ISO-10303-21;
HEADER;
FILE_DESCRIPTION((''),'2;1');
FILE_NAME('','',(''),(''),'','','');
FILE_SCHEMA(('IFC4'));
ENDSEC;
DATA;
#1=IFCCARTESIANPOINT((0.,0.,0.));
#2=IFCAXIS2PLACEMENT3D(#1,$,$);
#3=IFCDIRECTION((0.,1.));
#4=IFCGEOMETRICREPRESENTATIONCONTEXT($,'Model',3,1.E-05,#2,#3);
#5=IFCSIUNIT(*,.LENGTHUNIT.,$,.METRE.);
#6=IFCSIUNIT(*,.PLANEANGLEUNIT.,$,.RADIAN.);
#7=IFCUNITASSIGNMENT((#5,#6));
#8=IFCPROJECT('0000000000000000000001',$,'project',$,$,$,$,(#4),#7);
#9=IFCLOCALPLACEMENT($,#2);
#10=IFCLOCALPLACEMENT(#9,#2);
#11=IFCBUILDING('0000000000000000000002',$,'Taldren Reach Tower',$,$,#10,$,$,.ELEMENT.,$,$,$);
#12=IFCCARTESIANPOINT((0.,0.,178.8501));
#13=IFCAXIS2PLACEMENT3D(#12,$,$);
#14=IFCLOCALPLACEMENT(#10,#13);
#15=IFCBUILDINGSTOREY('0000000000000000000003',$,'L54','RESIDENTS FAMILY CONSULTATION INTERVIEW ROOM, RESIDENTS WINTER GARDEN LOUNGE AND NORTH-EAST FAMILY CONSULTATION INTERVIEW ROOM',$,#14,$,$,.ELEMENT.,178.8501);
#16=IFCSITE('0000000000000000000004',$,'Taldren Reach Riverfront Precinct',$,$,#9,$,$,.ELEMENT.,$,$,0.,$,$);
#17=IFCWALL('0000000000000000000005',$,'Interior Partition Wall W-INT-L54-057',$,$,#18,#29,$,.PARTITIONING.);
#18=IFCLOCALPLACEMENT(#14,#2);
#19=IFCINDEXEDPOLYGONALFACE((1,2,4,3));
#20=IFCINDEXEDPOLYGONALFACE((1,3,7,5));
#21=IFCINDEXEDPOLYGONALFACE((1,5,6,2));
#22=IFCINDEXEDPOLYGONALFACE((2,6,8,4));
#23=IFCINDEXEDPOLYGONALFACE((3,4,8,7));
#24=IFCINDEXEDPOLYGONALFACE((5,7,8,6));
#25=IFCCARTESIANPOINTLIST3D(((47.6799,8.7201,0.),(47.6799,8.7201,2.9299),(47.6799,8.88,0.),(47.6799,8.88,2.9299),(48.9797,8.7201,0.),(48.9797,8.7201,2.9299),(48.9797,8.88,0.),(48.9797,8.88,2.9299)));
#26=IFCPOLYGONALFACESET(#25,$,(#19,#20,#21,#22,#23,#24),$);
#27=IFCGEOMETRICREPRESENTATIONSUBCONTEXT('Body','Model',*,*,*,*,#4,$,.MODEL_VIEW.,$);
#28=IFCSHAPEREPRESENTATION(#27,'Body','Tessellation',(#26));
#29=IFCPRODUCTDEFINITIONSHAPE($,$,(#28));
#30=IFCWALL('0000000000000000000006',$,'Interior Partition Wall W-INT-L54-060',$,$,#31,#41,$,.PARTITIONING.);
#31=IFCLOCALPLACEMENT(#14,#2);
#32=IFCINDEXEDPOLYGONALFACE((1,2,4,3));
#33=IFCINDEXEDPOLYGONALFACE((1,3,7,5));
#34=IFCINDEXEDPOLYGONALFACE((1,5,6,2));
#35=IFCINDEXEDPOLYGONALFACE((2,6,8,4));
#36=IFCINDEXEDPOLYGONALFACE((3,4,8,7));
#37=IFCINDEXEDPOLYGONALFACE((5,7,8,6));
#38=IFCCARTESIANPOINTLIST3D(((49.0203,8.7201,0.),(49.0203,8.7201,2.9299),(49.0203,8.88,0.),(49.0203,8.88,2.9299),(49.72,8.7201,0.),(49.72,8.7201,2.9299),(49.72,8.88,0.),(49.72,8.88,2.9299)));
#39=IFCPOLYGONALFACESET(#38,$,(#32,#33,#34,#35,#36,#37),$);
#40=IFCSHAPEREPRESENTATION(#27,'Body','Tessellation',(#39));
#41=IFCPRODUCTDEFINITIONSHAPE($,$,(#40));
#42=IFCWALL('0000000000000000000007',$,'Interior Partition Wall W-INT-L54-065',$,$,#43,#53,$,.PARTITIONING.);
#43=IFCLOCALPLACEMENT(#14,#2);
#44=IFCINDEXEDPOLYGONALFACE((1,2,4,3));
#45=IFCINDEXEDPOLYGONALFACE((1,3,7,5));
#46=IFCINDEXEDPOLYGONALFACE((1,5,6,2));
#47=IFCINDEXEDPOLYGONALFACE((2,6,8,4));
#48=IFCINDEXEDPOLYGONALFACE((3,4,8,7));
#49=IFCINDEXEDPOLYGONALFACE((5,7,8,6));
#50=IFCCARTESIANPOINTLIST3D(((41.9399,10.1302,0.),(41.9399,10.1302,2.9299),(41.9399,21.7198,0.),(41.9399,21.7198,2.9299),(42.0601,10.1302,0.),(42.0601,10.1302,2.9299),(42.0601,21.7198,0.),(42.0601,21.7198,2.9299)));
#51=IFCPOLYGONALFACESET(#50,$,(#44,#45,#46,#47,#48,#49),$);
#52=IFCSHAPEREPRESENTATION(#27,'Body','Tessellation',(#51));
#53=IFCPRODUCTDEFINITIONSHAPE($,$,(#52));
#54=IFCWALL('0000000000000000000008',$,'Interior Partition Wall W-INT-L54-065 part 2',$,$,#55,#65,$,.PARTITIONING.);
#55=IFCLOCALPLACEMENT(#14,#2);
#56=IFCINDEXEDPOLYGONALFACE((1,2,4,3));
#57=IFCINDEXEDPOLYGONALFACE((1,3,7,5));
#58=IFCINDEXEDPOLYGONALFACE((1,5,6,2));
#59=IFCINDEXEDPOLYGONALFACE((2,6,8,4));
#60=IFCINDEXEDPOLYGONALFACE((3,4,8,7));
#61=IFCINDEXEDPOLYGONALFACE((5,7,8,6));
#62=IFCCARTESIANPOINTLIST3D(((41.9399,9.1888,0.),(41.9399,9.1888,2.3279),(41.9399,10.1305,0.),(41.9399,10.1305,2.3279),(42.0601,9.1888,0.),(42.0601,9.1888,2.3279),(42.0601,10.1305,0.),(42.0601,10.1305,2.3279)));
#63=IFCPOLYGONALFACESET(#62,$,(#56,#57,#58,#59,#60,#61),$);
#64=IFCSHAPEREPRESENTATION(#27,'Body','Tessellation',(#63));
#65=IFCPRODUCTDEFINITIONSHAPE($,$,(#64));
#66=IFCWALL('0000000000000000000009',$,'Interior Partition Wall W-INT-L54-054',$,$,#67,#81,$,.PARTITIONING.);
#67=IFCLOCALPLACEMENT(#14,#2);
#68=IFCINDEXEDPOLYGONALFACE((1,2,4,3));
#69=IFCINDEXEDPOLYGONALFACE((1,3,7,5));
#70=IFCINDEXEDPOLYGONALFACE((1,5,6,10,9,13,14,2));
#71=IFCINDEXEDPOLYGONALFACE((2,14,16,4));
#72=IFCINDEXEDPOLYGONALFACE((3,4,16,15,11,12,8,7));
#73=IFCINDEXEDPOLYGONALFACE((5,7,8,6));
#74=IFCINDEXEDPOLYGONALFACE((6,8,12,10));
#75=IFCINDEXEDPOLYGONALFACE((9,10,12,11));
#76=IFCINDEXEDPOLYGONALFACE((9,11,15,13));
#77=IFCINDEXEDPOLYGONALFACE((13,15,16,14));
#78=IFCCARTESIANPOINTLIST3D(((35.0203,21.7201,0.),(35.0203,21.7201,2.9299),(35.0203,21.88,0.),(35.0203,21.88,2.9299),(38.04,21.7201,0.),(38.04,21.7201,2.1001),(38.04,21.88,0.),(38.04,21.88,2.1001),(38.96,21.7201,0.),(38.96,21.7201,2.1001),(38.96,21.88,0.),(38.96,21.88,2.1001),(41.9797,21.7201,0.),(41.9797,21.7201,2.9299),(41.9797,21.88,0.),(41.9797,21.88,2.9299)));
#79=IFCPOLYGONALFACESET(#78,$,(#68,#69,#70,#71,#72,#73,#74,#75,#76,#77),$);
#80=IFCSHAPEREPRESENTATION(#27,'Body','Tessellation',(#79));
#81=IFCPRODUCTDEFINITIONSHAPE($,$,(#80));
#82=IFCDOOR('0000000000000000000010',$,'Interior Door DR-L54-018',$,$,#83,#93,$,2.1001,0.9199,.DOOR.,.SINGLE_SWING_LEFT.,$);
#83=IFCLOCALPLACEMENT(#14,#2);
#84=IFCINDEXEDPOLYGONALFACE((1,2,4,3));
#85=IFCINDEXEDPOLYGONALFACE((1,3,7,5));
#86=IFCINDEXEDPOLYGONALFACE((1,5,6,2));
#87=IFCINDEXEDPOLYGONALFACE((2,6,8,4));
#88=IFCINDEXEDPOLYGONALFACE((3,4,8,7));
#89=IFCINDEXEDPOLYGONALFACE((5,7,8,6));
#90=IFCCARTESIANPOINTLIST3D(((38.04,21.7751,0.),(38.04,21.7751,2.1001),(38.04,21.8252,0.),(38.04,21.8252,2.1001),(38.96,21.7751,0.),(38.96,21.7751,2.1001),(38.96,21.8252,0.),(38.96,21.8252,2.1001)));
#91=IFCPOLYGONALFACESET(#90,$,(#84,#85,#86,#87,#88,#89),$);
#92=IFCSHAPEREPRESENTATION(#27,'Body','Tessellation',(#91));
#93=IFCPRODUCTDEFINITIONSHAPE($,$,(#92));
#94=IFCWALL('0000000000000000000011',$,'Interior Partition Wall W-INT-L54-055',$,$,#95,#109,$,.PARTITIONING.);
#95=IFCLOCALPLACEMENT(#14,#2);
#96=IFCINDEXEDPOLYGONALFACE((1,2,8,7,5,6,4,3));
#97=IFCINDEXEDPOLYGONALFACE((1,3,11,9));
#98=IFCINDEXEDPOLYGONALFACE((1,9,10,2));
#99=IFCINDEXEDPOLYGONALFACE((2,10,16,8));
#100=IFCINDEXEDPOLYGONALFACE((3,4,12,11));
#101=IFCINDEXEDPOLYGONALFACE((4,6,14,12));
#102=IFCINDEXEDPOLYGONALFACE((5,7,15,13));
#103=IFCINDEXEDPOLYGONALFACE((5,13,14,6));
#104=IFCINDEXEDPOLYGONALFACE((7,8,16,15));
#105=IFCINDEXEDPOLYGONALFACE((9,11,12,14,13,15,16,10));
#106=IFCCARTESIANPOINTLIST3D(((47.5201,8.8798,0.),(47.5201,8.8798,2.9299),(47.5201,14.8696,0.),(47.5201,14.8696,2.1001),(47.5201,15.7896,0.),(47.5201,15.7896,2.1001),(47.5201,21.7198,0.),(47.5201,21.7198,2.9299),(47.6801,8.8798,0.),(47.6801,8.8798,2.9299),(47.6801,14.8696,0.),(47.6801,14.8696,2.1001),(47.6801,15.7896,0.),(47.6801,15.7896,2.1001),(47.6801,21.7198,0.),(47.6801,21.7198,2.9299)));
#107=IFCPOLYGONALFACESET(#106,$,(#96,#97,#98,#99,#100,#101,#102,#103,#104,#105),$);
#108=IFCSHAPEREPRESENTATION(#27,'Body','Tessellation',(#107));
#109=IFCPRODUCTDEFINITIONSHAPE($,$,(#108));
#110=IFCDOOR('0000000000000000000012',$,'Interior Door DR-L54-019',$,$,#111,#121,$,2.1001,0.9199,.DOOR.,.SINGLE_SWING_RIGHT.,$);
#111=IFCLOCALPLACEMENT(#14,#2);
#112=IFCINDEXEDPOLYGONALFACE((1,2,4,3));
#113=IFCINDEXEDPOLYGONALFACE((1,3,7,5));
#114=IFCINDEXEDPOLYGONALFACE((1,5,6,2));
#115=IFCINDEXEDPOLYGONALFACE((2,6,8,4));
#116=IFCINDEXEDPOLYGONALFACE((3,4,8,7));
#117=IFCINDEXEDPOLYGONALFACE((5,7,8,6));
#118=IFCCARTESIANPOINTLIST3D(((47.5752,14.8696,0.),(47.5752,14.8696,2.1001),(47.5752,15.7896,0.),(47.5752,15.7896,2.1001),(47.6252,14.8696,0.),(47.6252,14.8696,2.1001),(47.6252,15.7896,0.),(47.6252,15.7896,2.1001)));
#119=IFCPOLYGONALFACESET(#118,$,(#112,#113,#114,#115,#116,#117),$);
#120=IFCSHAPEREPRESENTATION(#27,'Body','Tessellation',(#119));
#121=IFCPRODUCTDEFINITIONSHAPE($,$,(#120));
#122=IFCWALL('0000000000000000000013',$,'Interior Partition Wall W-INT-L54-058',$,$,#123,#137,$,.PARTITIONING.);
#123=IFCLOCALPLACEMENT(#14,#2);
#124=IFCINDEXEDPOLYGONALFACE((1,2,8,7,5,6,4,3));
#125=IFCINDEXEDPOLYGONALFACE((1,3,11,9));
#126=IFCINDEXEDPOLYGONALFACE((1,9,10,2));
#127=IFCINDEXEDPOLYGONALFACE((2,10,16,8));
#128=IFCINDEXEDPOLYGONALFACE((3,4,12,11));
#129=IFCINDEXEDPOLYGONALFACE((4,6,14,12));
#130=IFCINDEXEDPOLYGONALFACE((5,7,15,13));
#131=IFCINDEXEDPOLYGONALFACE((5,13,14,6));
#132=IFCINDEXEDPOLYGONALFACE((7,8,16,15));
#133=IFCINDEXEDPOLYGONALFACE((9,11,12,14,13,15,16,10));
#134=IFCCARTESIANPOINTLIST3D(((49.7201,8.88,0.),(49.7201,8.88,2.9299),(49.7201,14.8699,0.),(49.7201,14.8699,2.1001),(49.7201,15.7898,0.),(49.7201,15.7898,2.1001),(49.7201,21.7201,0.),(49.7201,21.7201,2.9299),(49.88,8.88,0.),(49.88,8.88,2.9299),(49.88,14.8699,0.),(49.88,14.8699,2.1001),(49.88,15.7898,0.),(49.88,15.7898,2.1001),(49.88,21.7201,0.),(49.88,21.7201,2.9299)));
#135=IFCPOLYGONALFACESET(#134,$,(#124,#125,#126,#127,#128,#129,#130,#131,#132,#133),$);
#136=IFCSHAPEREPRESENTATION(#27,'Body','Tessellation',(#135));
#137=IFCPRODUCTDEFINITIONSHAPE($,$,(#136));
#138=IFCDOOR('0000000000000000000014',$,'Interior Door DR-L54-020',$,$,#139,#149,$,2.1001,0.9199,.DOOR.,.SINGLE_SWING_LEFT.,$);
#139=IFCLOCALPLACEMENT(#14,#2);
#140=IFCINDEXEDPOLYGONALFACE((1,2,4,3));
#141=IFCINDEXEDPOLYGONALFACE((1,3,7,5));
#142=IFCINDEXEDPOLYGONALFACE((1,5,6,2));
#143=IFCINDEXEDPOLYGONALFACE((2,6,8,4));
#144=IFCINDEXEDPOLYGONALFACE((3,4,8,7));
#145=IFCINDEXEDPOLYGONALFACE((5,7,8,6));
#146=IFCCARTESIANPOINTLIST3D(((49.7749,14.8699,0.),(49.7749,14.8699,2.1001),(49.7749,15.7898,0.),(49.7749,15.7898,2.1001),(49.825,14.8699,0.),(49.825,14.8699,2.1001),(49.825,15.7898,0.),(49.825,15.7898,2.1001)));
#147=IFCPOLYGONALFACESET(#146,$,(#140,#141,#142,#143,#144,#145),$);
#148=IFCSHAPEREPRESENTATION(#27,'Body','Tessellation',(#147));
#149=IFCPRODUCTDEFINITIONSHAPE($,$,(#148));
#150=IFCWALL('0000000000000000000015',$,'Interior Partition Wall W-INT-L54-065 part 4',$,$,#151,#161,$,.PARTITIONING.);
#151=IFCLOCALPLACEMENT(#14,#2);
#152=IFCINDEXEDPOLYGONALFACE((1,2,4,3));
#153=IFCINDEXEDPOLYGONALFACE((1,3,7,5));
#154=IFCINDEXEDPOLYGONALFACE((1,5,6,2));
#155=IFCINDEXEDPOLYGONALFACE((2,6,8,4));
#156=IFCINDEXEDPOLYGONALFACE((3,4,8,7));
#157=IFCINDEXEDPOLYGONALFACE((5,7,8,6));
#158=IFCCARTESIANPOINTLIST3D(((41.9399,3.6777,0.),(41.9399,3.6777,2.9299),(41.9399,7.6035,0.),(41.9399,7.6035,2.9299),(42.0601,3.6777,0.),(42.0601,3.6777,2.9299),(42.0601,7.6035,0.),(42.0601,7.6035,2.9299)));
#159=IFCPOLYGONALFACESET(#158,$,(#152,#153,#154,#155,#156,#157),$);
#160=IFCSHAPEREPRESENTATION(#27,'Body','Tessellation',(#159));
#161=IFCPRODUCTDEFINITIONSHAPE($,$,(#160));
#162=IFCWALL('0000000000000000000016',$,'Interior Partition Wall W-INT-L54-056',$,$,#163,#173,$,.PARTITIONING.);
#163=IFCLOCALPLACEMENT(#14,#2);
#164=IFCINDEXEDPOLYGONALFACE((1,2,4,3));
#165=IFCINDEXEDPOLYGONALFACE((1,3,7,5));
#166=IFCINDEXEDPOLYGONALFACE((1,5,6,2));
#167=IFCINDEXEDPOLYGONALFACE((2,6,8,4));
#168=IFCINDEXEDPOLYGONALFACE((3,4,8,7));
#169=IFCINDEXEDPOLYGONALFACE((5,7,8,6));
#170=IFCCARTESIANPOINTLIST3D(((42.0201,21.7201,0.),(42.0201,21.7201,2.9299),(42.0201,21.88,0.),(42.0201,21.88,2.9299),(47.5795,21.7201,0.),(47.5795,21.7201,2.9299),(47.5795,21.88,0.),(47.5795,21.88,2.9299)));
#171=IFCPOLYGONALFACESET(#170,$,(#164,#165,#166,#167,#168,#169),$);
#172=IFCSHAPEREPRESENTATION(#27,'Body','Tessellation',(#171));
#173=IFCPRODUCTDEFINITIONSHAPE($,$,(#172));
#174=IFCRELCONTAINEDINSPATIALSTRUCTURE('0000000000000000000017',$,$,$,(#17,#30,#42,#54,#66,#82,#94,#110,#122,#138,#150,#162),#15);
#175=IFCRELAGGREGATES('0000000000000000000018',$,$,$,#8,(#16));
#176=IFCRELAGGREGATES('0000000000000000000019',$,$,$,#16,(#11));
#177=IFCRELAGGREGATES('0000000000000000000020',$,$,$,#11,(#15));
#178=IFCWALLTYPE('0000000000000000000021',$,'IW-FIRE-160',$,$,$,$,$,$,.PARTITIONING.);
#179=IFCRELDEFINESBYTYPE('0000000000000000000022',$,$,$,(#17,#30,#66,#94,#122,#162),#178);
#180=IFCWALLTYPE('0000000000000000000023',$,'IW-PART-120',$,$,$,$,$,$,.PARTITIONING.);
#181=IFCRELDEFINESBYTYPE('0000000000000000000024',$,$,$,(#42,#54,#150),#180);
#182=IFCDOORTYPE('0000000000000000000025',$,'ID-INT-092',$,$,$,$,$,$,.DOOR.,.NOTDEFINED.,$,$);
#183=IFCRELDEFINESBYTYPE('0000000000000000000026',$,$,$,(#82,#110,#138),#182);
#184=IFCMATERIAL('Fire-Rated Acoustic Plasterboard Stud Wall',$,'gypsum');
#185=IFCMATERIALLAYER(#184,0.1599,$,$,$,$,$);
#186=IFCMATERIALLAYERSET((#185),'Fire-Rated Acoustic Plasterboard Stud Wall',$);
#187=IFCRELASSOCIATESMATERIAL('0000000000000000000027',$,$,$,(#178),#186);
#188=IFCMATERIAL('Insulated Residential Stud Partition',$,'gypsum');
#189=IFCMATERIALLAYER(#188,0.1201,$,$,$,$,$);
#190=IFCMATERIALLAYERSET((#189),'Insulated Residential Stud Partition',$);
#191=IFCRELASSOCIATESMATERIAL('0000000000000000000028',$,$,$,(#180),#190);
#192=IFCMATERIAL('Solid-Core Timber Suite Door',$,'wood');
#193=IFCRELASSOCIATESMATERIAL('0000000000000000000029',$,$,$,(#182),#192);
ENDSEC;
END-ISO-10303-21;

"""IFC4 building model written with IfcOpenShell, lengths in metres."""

from ifc_helpers import new_model, si_unit, direction, frame, frame_2d, origin, place, context, subcontext, project, spatial, rectangle, extrude, source, transform, mapped, material, layer, layer_set, type_object, element, fill, save


model = new_model("IFC4")

# Units and contexts
model_context = context("Model", 3, precision=1e-05, world=origin(), true_north=direction((0.0, 1.0)))
body_context = subcontext(model_context, "Body", "Model", "MODEL_VIEW")
ifc_project = project(units=[si_unit("LENGTHUNIT", "METRE"), si_unit("PLANEANGLEUNIT", "RADIAN")], contexts=[model_context])

# Site, building, storey
site_placement = place(None, origin())
site = spatial("IfcSite", under=ifc_project, at=site_placement, Name="Taldren Reach Riverfront Precinct", CompositionType="ELEMENT", RefElevation=0.0)
building_placement = place(site_placement, origin())
building = spatial("IfcBuilding", under=site, at=building_placement, Name="Taldren Reach Tower", CompositionType="ELEMENT")
storey_placement = place(building_placement, frame((0.0, 0.0, 178.8501)))
storey = spatial("IfcBuildingStorey", under=building, at=storey_placement, Name="L54", Description="RESIDENTS FAMILY CONSULTATION INTERVIEW ROOM, RESIDENTS WINTER GARDEN LOUNGE AND NORTH-EAST FAMILY CONSULTATION INTERVIEW ROOM", CompositionType="ELEMENT", Elevation=178.8501)

# Walls
ifc_material_1 = material(Name="Fire-Rated Acoustic Plasterboard Stud Wall", Category="gypsum")
ifc_layer_1 = layer(ifc_material_1, 0.1599)
ifc_layer_set_1 = layer_set([ifc_layer_1], Name="Fire-Rated Acoustic Plasterboard Stud Wall")
wall_type_1 = type_object("IfcWallType", Name="IW-FIRE-160", PredefinedType="PARTITIONING", material=ifc_layer_set_1)
shared_shape_1 = source(origin(), body_context, "Body", "SweptSolid", [
    extrude(rectangle(XDim=1.2998, YDim=0.1599, at=frame_2d((0.6499, 0.0))), origin(), (0.0, 0.0, 1.0), 2.9299),
])
wall_1_placement = place(storey_placement, frame((48.9797, 8.8, 0.0), z_axis=(0.0, 0.0, 1.0), x_axis=(-1.0, 0.0, 0.0)))
element("IfcWall", 1, at=wall_1_placement, inside=storey, type_object=wall_type_1, Name="Interior Partition Wall W-INT-L54-057", PredefinedType="PARTITIONING", context=body_context, shape_type="MappedRepresentation", body=[
    mapped(shared_shape_1, transform((0.0, 0.0, 0.0), scale=1.0)),
])
shared_shape_2 = source(origin(), body_context, "Body", "SweptSolid", [
    extrude(rectangle(XDim=0.6997, YDim=0.1599, at=frame_2d((0.3499, 0.0))), origin(), (0.0, 0.0, 1.0), 2.9299),
])
wall_2_placement = place(storey_placement, frame((49.72, 8.8, 0.0), z_axis=(0.0, 0.0, 1.0), x_axis=(-1.0, 0.0, 0.0)))
element("IfcWall", 2, at=wall_2_placement, inside=storey, type_object=wall_type_1, Name="Interior Partition Wall W-INT-L54-060", PredefinedType="PARTITIONING", context=body_context, shape_type="MappedRepresentation", body=[
    mapped(shared_shape_2, transform((0.0, 0.0, 0.0), scale=1.0)),
])
ifc_material_2 = material(Name="Insulated Residential Stud Partition", Category="gypsum")
ifc_layer_2 = layer(ifc_material_2, 0.1201)
ifc_layer_set_2 = layer_set([ifc_layer_2], Name="Insulated Residential Stud Partition")
wall_type_2 = type_object("IfcWallType", Name="IW-PART-120", PredefinedType="PARTITIONING", material=ifc_layer_set_2)
shared_shape_3 = source(origin(), body_context, "Body", "SweptSolid", [
    extrude(rectangle(XDim=11.5896, YDim=0.1201, at=frame_2d((5.7949, 0.0))), origin(), (0.0, 0.0, 1.0), 2.9299),
])
wall_3_placement = place(storey_placement, frame((42.0, 21.72, 0.0), z_axis=(0.0, 0.0, 1.0), x_axis=(0.0, -1.0, 0.0)))
element("IfcWall", 3, at=wall_3_placement, inside=storey, type_object=wall_type_2, Name="Interior Partition Wall W-INT-L54-065", PredefinedType="PARTITIONING", context=body_context, shape_type="MappedRepresentation", body=[
    mapped(shared_shape_3, transform((0.0, 0.0, 0.0), scale=1.0)),
])
shared_shape_4 = source(origin(), body_context, "Body", "SweptSolid", [
    extrude(rectangle(XDim=0.9417, YDim=0.1201, at=frame_2d((0.4707, 0.0))), origin(), (0.0, 0.0, 1.0), 2.3279),
])
wall_4_placement = place(storey_placement, frame((42.0, 10.1304, 0.0), z_axis=(0.0, 0.0, 1.0), x_axis=(0.0, -1.0, 0.0)))
element("IfcWall", 4, at=wall_4_placement, inside=storey, type_object=wall_type_2, Name="Interior Partition Wall W-INT-L54-065 part 2", PredefinedType="PARTITIONING", context=body_context, shape_type="MappedRepresentation", body=[
    mapped(shared_shape_4, transform((0.0, 0.0, 0.0), scale=1.0)),
])

# Walls, openings, doors
shared_shape_5 = source(origin(), body_context, "Body", "SweptSolid", [
    extrude(rectangle(XDim=6.9595, YDim=0.1599, at=frame_2d((3.4797, 0.0))), origin(), (0.0, 0.0, 1.0), 2.9299),
])
wall_5_placement = place(storey_placement, frame((41.9797, 21.8, 0.0), z_axis=(0.0, 0.0, 1.0), x_axis=(-1.0, 0.0, 0.0)))
wall_5 = element("IfcWall", 5, at=wall_5_placement, inside=storey, type_object=wall_type_1, Name="Interior Partition Wall W-INT-L54-054", PredefinedType="PARTITIONING", context=body_context, shape_type="MappedRepresentation", body=[
    mapped(shared_shape_5, transform((0.0, 0.0, 0.0), scale=1.0)),
])
shared_shape_6 = source(origin(), body_context, "Body", "SweptSolid", [
    extrude(rectangle(XDim=0.9199, YDim=2.1001, at=frame_2d((0.46, 1.05))), frame((0.0, 0.0898, 0.0), z_axis=(0.0, -1.0, 0.0), x_axis=(1.0, 0.0, 0.0)), (0.0, 0.0, 1.0), 0.1799),
])
opening_1_placement = place(wall_5_placement, frame((3.0198, 0.0, 0.0)))
opening_1 = element("IfcOpeningElement", 6, at=opening_1_placement, cuts=wall_5, PredefinedType="OPENING", context=body_context, shape_type="MappedRepresentation", body=[
    mapped(shared_shape_6, transform((0.0, 0.0, 0.0), scale=1.0)),
])
ifc_material_3 = material(Name="Solid-Core Timber Suite Door", Category="wood")
door_type = type_object("IfcDoorType", Name="ID-INT-092", OperationType="NOTDEFINED", PredefinedType="DOOR", material=ifc_material_3)
shared_shape_7 = source(origin(), body_context, "Body", "SweptSolid", [
    extrude(rectangle(XDim=0.9199, YDim=2.1001, at=frame_2d((0.46, 1.05))), frame((0.0, 0.0249, 0.0), z_axis=(0.0, -1.0, 0.0), x_axis=(1.0, 0.0, 0.0)), (0.0, 0.0, 1.0), 0.05),
])
door_1_placement = place(opening_1_placement, origin())
door_1 = element("IfcDoor", 7, at=door_1_placement, inside=storey, type_object=door_type, Name="Interior Door DR-L54-018", OperationType="SINGLE_SWING_LEFT", OverallHeight=2.1001, OverallWidth=0.9199, PredefinedType="DOOR", context=body_context, shape_type="MappedRepresentation", body=[
    mapped(shared_shape_7, transform((0.0, 0.0, 0.0), scale=1.0)),
])
fill(opening_1, door_1)
shared_shape_8 = source(origin(), body_context, "Body", "SweptSolid", [
    extrude(rectangle(XDim=12.8401, YDim=0.1599, at=frame_2d((6.4199, 0.0))), origin(), (0.0, 0.0, 1.0), 2.9299),
])
wall_6_placement = place(storey_placement, frame((47.6001, 8.8799, 0.0), z_axis=(0.0, 0.0, 1.0), x_axis=(0.0, 1.0, 0.0)))
wall_6 = element("IfcWall", 8, at=wall_6_placement, inside=storey, type_object=wall_type_1, Name="Interior Partition Wall W-INT-L54-055", PredefinedType="PARTITIONING", context=body_context, shape_type="MappedRepresentation", body=[
    mapped(shared_shape_8, transform((0.0, 0.0, 0.0), scale=1.0)),
])
opening_2_placement = place(wall_6_placement, frame((5.9897, 0.0, 0.0)))
opening_2 = element("IfcOpeningElement", 9, at=opening_2_placement, cuts=wall_6, PredefinedType="OPENING", context=body_context, shape_type="MappedRepresentation", body=[
    mapped(shared_shape_6, transform((0.0, 0.0, 0.0), scale=1.0)),
])
door_2_placement = place(opening_2_placement, origin())
door_2 = element("IfcDoor", 10, at=door_2_placement, inside=storey, type_object=door_type, Name="Interior Door DR-L54-019", OperationType="SINGLE_SWING_RIGHT", OverallHeight=2.1001, OverallWidth=0.9199, PredefinedType="DOOR", context=body_context, shape_type="MappedRepresentation", body=[
    mapped(shared_shape_7, transform((0.0, 0.0, 0.0), scale=1.0)),
])
fill(opening_2, door_2)
wall_7_placement = place(storey_placement, frame((49.8, 21.72, 0.0), z_axis=(0.0, 0.0, 1.0), x_axis=(0.0, -1.0, 0.0)))
wall_7 = element("IfcWall", 11, at=wall_7_placement, inside=storey, type_object=wall_type_1, Name="Interior Partition Wall W-INT-L54-058", PredefinedType="PARTITIONING", context=body_context, shape_type="MappedRepresentation", body=[
    mapped(shared_shape_8, transform((0.0, 0.0, 0.0), scale=1.0)),
])
opening_3_placement = place(wall_7_placement, frame((5.9302, 0.0, 0.0)))
opening_3 = element("IfcOpeningElement", 12, at=opening_3_placement, cuts=wall_7, PredefinedType="OPENING", context=body_context, shape_type="MappedRepresentation", body=[
    mapped(shared_shape_6, transform((0.0, 0.0, 0.0), scale=1.0)),
])
door_3_placement = place(opening_3_placement, origin())
door_3 = element("IfcDoor", 13, at=door_3_placement, inside=storey, type_object=door_type, Name="Interior Door DR-L54-020", OperationType="SINGLE_SWING_LEFT", OverallHeight=2.1001, OverallWidth=0.9199, PredefinedType="DOOR", context=body_context, shape_type="MappedRepresentation", body=[
    mapped(shared_shape_7, transform((0.0, 0.0, 0.0), scale=1.0)),
])
fill(opening_3, door_3)

# Walls
shared_shape_9 = source(origin(), body_context, "Body", "SweptSolid", [
    extrude(rectangle(XDim=3.9258, YDim=0.1201, at=frame_2d((1.9629, 0.0))), origin(), (0.0, 0.0, 1.0), 2.9299),
])
wall_8_placement = place(storey_placement, frame((42.0, 7.6035, 0.0), z_axis=(0.0, 0.0, 1.0), x_axis=(0.0, -1.0, 0.0)))
element("IfcWall", 14, at=wall_8_placement, inside=storey, type_object=wall_type_2, Name="Interior Partition Wall W-INT-L54-065 part 4", PredefinedType="PARTITIONING", context=body_context, shape_type="MappedRepresentation", body=[
    mapped(shared_shape_9, transform((0.0, 0.0, 0.0), scale=1.0)),
])
shared_shape_10 = source(origin(), body_context, "Body", "SweptSolid", [
    extrude(rectangle(XDim=5.5593, YDim=0.1599, at=frame_2d((2.7798, 0.0))), origin(), (0.0, 0.0, 1.0), 2.9299),
])
wall_9_placement = place(storey_placement, frame((47.5796, 21.8, 0.0), z_axis=(0.0, 0.0, 1.0), x_axis=(-1.0, 0.0, 0.0)))
element("IfcWall", 15, at=wall_9_placement, inside=storey, type_object=wall_type_1, Name="Interior Partition Wall W-INT-L54-056", PredefinedType="PARTITIONING", context=body_context, shape_type="MappedRepresentation", body=[
    mapped(shared_shape_10, transform((0.0, 0.0, 0.0), scale=1.0)),
])

save(model, "model.ifc")
